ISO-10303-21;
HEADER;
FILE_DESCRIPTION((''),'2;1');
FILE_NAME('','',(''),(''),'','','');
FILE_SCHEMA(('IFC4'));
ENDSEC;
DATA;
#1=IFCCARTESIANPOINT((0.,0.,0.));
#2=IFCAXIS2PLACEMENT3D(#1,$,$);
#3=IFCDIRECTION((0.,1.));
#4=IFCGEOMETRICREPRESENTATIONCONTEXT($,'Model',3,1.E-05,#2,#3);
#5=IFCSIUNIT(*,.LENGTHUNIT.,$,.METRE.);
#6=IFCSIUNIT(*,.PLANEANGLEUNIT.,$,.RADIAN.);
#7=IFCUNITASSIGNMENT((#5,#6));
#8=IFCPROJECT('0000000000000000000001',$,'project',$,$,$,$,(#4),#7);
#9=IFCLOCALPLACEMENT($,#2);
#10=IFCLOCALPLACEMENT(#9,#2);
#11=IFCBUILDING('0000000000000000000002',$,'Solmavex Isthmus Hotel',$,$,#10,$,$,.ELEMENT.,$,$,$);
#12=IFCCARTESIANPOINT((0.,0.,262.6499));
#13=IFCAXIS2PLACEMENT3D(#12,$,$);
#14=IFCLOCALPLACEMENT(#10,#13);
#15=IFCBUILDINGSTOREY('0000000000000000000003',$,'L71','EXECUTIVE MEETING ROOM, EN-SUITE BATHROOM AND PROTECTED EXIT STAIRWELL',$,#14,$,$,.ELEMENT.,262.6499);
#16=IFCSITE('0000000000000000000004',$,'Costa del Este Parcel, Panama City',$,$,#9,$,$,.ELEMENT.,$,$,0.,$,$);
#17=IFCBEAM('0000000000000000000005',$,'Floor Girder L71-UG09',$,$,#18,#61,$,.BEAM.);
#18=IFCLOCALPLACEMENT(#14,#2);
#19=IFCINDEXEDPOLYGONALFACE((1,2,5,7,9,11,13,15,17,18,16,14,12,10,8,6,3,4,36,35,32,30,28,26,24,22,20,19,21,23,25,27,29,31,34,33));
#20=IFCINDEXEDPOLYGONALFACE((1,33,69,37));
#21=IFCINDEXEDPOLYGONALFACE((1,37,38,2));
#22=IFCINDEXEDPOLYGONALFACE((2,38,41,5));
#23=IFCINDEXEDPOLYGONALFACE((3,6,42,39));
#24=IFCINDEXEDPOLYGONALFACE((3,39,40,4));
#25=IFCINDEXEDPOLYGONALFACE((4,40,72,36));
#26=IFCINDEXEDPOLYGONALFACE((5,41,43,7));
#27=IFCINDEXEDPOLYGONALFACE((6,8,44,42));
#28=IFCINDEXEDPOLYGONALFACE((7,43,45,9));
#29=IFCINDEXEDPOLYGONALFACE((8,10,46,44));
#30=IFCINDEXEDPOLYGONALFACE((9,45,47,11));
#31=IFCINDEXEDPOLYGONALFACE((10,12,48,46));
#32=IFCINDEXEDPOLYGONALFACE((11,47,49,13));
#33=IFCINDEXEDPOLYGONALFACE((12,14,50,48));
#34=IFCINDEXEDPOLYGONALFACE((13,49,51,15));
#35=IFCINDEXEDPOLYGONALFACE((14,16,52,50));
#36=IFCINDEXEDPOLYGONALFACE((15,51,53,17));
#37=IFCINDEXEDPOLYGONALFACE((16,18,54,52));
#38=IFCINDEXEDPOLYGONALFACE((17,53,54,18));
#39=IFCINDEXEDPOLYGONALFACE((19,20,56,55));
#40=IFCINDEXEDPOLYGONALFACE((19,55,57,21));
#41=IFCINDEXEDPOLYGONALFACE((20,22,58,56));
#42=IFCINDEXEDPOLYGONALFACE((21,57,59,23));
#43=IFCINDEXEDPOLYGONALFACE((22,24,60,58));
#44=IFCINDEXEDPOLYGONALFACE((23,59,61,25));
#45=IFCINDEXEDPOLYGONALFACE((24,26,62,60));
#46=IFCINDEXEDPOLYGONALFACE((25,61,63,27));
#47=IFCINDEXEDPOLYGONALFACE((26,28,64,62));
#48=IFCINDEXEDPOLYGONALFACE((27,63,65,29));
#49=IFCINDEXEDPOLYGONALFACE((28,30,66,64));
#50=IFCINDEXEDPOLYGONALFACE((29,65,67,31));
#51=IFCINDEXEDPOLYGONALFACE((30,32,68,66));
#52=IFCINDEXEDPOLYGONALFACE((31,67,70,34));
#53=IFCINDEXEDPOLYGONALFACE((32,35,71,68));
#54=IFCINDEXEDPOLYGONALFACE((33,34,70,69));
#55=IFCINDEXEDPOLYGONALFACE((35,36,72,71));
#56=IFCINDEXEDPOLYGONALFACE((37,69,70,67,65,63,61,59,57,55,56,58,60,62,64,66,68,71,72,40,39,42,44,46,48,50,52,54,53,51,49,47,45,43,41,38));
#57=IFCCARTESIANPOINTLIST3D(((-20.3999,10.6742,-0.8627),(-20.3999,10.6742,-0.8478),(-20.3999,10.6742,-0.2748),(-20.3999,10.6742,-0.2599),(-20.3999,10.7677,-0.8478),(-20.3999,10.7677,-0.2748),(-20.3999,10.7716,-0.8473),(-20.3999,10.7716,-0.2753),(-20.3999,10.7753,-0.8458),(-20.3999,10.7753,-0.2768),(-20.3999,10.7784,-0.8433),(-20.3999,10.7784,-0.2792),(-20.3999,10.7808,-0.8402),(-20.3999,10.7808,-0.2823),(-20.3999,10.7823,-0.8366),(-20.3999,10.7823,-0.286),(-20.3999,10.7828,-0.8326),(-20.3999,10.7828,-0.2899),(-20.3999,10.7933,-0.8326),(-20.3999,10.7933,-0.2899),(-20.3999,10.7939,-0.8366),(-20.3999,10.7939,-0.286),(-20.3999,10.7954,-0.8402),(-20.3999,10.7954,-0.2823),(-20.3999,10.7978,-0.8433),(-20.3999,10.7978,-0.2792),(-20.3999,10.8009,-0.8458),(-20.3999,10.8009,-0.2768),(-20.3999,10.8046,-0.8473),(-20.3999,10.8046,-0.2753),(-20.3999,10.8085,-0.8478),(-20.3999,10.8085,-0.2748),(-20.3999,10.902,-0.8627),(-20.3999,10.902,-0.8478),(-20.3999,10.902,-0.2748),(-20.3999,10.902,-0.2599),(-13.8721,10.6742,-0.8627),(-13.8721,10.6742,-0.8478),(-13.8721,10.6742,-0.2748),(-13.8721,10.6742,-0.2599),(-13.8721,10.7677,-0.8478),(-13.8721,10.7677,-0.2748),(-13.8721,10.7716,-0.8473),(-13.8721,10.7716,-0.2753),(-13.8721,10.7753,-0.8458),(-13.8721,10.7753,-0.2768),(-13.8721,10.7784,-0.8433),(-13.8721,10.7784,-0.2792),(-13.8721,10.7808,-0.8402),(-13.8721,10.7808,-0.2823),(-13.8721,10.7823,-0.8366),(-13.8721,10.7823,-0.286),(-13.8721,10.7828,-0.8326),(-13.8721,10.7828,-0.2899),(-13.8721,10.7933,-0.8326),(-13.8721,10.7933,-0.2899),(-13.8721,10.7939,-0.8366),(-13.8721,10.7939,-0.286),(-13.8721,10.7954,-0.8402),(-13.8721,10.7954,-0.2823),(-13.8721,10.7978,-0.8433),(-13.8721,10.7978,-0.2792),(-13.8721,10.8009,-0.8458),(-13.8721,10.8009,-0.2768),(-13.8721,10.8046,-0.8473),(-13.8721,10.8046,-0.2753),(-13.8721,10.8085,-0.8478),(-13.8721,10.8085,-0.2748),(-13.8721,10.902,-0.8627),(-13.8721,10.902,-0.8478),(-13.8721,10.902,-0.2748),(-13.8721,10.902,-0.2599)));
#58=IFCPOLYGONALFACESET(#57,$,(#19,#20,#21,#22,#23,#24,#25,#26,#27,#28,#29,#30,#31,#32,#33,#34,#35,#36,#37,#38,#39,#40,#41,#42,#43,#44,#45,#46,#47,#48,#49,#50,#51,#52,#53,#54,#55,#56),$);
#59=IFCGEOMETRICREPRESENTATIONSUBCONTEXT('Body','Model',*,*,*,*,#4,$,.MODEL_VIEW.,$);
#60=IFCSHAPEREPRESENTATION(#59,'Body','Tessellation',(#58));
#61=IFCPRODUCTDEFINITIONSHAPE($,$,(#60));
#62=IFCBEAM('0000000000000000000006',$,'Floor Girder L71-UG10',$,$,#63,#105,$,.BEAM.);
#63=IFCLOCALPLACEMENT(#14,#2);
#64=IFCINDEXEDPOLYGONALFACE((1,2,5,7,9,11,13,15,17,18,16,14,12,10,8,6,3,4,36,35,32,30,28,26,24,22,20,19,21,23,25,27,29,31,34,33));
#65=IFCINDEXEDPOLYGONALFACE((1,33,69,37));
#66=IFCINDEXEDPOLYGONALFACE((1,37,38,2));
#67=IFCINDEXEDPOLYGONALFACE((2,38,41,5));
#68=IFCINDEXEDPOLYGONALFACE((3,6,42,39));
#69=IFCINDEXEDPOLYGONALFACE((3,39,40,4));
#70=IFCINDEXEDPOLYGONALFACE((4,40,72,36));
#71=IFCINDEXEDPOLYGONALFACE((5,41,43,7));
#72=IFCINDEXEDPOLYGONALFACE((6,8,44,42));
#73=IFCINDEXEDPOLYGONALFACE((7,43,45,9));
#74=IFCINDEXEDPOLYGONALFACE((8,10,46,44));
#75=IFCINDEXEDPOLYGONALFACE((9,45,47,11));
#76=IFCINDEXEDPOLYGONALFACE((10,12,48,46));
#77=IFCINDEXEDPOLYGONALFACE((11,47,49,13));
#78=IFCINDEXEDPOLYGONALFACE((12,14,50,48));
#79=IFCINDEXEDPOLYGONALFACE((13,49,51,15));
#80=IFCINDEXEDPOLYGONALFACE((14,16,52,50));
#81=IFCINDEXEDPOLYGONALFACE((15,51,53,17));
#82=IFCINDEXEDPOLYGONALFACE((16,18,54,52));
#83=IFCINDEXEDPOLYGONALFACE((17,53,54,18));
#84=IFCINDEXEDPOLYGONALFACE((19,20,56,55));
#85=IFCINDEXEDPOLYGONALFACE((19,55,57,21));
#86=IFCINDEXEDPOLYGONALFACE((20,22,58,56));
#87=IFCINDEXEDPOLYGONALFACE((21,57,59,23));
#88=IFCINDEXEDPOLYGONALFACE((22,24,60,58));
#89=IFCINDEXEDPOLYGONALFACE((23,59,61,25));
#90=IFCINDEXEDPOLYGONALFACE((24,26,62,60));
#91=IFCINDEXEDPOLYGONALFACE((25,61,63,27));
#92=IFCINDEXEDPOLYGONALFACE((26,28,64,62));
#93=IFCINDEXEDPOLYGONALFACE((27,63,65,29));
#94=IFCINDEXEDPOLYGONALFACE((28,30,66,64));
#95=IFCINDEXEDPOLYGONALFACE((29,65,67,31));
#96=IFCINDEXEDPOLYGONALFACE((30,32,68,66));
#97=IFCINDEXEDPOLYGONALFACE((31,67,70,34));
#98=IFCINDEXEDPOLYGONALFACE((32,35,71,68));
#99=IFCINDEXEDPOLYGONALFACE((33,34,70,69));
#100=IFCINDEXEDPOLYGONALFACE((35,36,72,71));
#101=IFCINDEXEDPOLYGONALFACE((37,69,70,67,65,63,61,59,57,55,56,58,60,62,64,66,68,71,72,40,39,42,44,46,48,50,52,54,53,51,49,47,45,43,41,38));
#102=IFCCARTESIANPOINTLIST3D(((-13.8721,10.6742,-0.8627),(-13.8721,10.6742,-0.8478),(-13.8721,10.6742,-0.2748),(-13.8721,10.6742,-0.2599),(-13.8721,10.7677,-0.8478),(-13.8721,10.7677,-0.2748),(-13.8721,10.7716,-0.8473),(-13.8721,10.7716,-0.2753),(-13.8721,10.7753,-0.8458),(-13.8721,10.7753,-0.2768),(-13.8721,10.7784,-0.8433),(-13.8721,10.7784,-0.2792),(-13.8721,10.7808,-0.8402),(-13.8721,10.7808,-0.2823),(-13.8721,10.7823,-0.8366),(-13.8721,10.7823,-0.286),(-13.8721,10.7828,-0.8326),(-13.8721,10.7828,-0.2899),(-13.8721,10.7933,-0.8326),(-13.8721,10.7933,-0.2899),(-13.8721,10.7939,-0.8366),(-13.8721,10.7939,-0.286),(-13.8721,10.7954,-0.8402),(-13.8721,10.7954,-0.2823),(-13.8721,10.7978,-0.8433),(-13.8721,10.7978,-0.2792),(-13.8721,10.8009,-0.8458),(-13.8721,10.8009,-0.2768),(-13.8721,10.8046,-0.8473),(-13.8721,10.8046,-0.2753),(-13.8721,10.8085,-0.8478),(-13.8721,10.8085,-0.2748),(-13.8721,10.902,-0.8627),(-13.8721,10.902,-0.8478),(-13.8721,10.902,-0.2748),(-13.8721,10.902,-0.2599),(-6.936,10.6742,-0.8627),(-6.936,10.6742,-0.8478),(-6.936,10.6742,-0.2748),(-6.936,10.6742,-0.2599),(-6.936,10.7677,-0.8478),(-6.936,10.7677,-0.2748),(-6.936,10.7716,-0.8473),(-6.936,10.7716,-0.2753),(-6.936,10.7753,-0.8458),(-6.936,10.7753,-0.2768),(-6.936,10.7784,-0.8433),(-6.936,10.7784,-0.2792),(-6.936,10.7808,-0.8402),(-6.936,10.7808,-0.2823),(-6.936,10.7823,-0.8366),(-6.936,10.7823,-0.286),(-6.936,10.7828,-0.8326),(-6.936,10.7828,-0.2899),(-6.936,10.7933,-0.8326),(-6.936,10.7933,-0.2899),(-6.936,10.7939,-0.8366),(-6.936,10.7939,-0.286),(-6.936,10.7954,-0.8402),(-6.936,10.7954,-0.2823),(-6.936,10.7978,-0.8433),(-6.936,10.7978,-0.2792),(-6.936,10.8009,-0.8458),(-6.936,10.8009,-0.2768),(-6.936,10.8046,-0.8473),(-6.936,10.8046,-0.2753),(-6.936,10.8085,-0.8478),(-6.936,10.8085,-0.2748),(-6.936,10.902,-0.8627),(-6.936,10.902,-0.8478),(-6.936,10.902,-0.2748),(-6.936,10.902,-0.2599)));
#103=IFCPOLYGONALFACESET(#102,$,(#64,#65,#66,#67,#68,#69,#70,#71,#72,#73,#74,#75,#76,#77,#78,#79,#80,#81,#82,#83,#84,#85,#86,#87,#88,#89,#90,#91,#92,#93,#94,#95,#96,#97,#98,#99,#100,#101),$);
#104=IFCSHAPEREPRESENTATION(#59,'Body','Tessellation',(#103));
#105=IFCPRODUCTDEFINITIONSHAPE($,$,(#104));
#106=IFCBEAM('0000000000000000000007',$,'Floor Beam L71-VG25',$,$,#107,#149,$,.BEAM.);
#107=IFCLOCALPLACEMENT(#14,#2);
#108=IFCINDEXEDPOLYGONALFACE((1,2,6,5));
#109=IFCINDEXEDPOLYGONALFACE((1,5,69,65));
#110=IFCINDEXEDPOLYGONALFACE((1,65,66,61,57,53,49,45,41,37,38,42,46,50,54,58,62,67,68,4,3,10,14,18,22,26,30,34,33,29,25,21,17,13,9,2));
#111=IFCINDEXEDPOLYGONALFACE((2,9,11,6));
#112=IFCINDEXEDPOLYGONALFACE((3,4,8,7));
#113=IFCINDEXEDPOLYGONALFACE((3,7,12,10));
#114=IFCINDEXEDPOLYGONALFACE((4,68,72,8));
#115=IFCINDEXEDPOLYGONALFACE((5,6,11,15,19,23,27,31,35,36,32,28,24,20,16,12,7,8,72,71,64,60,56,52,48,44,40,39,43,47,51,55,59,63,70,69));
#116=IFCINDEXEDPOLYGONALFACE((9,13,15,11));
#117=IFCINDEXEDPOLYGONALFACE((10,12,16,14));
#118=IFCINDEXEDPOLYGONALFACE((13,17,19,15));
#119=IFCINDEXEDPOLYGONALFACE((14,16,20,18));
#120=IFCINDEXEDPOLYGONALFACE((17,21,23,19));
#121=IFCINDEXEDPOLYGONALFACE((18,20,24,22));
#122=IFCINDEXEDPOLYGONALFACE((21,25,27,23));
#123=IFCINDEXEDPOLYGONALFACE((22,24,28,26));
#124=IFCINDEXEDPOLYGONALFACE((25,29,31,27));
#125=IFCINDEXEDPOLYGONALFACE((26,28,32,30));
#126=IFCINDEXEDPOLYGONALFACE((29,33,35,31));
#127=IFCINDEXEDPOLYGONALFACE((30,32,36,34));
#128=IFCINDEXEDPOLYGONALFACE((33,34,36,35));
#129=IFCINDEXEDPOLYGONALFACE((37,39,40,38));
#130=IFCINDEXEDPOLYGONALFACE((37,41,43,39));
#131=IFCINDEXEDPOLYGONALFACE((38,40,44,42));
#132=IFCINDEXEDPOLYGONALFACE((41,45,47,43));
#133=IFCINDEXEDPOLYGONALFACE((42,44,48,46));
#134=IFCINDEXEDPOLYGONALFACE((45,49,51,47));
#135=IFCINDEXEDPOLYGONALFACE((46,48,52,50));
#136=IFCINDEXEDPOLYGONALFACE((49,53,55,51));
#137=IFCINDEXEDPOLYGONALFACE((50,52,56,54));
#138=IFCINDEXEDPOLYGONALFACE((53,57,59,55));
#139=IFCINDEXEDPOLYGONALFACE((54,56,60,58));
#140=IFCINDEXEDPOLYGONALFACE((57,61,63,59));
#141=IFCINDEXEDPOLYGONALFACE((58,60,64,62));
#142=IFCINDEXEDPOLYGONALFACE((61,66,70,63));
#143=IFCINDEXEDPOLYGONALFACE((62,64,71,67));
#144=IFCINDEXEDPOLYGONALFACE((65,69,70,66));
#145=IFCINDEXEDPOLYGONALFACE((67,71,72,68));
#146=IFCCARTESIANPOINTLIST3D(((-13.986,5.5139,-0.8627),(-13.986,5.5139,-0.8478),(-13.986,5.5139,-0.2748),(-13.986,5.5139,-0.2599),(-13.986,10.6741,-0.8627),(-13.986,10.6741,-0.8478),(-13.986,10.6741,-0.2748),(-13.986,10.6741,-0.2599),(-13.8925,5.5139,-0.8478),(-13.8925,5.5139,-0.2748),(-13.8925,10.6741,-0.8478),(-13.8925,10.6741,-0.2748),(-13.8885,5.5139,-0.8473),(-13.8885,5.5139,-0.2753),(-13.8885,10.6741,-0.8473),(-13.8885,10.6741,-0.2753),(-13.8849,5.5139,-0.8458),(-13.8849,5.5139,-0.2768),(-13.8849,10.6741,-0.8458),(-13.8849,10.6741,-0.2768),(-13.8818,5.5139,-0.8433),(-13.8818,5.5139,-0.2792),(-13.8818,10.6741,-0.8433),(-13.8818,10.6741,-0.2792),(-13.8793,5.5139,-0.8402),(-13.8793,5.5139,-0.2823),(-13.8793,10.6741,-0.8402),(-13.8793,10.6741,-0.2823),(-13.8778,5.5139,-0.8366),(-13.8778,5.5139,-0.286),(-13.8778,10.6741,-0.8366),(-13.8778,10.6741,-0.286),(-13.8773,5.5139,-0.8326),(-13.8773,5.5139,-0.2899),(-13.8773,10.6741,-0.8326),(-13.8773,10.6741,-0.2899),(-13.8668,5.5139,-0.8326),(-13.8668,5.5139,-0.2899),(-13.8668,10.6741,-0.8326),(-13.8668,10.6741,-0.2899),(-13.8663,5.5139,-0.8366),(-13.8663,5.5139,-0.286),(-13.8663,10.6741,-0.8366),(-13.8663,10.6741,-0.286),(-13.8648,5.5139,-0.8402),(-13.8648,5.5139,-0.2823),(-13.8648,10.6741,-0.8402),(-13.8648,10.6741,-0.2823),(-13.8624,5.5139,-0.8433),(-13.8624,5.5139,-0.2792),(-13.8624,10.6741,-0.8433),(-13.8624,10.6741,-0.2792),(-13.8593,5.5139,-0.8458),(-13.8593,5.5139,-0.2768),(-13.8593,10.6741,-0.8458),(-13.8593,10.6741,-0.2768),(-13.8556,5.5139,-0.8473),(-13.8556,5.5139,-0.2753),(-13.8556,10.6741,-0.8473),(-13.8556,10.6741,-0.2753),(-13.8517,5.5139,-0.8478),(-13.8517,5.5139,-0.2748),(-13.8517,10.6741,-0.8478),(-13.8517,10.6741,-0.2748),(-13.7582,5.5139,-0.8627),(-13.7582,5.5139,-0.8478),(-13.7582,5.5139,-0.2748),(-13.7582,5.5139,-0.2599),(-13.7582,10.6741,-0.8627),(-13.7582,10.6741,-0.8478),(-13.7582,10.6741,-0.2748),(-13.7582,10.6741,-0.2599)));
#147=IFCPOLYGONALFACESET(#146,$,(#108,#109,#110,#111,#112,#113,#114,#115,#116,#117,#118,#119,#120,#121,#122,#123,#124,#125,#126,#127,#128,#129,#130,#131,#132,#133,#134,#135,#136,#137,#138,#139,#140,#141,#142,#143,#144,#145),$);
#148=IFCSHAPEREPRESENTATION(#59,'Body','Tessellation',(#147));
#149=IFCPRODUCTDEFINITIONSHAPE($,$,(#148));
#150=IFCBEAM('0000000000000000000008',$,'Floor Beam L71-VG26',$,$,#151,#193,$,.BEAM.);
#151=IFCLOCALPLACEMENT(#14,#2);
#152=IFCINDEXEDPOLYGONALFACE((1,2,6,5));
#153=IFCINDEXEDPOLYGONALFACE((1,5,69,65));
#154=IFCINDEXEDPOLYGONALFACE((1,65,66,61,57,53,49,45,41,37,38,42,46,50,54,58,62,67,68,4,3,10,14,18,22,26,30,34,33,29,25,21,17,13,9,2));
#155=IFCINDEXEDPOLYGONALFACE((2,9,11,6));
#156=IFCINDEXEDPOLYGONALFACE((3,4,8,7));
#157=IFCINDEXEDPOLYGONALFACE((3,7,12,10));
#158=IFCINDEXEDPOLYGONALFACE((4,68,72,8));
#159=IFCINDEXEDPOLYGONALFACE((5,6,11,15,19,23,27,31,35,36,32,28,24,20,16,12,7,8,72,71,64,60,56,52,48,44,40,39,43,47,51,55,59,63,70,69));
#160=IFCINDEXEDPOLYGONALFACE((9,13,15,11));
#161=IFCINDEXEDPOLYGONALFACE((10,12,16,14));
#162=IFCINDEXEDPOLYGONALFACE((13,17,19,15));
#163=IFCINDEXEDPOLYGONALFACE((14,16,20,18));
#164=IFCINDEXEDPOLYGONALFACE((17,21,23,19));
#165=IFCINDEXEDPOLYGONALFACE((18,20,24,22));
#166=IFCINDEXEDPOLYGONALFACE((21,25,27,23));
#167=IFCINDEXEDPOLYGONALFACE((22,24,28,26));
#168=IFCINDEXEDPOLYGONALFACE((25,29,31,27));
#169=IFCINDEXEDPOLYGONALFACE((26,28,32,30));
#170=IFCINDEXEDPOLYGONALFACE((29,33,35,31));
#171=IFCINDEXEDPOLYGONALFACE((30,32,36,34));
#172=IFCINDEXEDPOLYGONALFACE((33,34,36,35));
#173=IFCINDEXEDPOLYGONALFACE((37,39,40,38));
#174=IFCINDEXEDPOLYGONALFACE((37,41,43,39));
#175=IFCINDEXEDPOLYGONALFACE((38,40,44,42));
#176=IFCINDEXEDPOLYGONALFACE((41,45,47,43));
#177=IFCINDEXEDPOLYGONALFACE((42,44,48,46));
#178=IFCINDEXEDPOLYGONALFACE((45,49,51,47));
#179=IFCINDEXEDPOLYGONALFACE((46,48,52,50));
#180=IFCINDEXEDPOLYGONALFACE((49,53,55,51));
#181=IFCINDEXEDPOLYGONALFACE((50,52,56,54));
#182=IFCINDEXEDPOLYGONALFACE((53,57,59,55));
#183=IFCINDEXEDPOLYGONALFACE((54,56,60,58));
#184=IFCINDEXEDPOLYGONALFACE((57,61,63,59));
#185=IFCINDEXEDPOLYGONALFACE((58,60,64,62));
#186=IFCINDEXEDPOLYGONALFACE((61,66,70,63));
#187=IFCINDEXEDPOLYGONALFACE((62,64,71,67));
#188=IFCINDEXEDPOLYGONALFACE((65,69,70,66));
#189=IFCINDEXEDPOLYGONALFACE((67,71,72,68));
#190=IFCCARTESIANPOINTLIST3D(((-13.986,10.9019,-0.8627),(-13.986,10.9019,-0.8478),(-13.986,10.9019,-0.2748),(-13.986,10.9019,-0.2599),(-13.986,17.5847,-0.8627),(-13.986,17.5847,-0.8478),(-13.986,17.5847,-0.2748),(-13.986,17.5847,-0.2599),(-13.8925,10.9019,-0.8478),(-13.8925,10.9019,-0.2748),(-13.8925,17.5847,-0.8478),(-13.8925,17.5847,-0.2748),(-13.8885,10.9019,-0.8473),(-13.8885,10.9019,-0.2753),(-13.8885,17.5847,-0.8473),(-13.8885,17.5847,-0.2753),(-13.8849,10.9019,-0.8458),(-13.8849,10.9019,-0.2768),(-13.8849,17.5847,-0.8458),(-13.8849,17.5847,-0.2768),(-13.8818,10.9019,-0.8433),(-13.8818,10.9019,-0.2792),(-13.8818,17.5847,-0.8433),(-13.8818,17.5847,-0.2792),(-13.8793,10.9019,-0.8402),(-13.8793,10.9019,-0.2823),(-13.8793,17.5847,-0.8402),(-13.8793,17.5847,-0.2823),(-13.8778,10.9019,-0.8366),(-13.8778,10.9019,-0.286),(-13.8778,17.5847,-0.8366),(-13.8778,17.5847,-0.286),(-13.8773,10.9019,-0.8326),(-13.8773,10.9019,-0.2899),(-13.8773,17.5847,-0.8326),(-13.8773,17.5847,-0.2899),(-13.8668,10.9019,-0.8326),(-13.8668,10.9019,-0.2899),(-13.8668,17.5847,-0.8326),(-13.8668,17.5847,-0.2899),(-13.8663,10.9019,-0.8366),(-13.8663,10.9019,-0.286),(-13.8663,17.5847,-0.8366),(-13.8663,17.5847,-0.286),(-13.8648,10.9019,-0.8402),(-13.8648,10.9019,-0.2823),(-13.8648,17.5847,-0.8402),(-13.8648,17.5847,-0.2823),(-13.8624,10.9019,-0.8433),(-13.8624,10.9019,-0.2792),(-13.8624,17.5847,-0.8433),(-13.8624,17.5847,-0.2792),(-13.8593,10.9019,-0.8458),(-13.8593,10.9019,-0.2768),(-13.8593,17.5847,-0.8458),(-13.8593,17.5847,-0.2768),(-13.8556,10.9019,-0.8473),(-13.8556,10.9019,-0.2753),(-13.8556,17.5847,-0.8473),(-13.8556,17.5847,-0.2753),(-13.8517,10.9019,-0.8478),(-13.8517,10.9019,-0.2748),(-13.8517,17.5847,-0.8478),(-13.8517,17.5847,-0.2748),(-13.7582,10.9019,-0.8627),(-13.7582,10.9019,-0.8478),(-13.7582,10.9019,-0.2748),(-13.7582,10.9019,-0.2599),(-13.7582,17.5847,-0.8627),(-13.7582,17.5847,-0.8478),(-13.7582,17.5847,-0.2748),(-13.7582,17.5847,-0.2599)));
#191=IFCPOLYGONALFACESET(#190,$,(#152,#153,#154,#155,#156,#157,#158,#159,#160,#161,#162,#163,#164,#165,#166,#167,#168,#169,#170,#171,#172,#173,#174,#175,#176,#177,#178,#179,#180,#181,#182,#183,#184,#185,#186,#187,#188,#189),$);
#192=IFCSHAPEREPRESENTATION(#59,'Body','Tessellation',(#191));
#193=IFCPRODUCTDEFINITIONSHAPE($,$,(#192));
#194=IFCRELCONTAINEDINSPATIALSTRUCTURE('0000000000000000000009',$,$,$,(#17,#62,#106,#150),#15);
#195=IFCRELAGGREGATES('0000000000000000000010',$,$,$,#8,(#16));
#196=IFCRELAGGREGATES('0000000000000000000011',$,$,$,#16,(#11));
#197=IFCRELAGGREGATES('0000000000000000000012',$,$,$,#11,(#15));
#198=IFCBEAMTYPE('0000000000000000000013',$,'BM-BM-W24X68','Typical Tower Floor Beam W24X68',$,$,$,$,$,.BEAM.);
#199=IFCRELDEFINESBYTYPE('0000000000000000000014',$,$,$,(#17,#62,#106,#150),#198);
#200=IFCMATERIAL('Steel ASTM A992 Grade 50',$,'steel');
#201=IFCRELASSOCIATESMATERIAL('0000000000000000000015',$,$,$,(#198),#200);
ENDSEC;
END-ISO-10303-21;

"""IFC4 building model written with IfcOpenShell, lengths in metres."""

from ifc_helpers import new_model, si_unit, direction, frame, origin, origin_2d, place, context, subcontext, project, spatial, i_section, extrude, material, material_profile, profile_set, type_object, element, save


model = new_model("IFC4")

# Units and contexts
model_context = context("Model", 3, precision=1e-05, world=origin(), true_north=direction((0.0, 1.0)))
body_context = subcontext(model_context, "Body", "Model", "MODEL_VIEW")
ifc_project = project(units=[si_unit("LENGTHUNIT", "METRE"), si_unit("PLANEANGLEUNIT", "RADIAN")], contexts=[model_context])

# Site, building, storey
site_placement = place(None, origin())
site = spatial("IfcSite", under=ifc_project, at=site_placement, Name="Costa del Este Parcel, Panama City", CompositionType="ELEMENT", RefElevation=0.0)
building_placement = place(site_placement, origin())
building = spatial("IfcBuilding", under=site, at=building_placement, Name="Solmavex Isthmus Hotel", CompositionType="ELEMENT")
storey_placement = place(building_placement, frame((0.0, 0.0, 262.6499)))
storey = spatial("IfcBuildingStorey", under=building, at=storey_placement, Name="L71", Description="EXECUTIVE MEETING ROOM, EN-SUITE BATHROOM AND PROTECTED EXIT STAIRWELL", CompositionType="ELEMENT", Elevation=262.6499)

# Beams
ifc_material_1 = material(Name="Steel ASTM A992 Grade 50", Category="steel")
ifc_material_profile_1 = material_profile(ifc_material_1, i_section(OverallWidth=0.2278, OverallDepth=0.6028, WebThickness=0.0105, FlangeThickness=0.0149, FilletRadius=0.0151, at=origin_2d()), Name="W24X68")
ifc_profile_set_1 = profile_set([ifc_material_profile_1], Name="Steel ASTM A992 Grade 50")
beam_type_1 = type_object("IfcBeamType", Name="BM-BM-W24X68", Description="Typical Tower Floor Beam W24X68", PredefinedType="BEAM", material=ifc_profile_set_1)
beam_1_placement = place(storey_placement, frame((-20.3999, 10.7881, -0.5613), z_axis=(1.0, 0.0, 0.0), x_axis=(0.0, 1.0, 0.0)))
element("IfcBeam", 1, at=beam_1_placement, inside=storey, type_object=beam_type_1, Name="Floor Girder L71-UG09", PredefinedType="BEAM", context=body_context, shape_type="SweptSolid", body=[
    extrude(i_section(OverallWidth=0.2278, OverallDepth=0.6028, WebThickness=0.0105, FlangeThickness=0.0149, FilletRadius=0.0151, at=origin_2d()), origin(), (0.0, 0.0, 1.0), 6.5278),
])
beam_2_placement = place(storey_placement, frame((-13.8721, 10.7881, -0.5613), z_axis=(1.0, 0.0, 0.0), x_axis=(0.0, 1.0, 0.0)))
element("IfcBeam", 2, at=beam_2_placement, inside=storey, type_object=beam_type_1, Name="Floor Girder L71-UG10", PredefinedType="BEAM", context=body_context, shape_type="SweptSolid", body=[
    extrude(i_section(OverallWidth=0.2278, OverallDepth=0.6028, WebThickness=0.0105, FlangeThickness=0.0149, FilletRadius=0.0151, at=origin_2d()), origin(), (0.0, 0.0, 1.0), 6.936),
])
beam_3_placement = place(storey_placement, frame((-13.8721, 5.5139, -0.5613), z_axis=(0.0, 1.0, 0.0), x_axis=(-1.0, 0.0, 0.0)))
element("IfcBeam", 3, at=beam_3_placement, inside=storey, type_object=beam_type_1, Name="Floor Beam L71-VG25", PredefinedType="BEAM", context=body_context, shape_type="SweptSolid", body=[
    extrude(i_section(OverallWidth=0.2278, OverallDepth=0.6028, WebThickness=0.0105, FlangeThickness=0.0149, FilletRadius=0.0151, at=origin_2d()), origin(), (0.0, 0.0, 1.0), 5.1602),
])
beam_4_placement = place(storey_placement, frame((-13.8721, 10.9019, -0.5613), z_axis=(0.0, 1.0, 0.0), x_axis=(-1.0, 0.0, 0.0)))
element("IfcBeam", 4, at=beam_4_placement, inside=storey, type_object=beam_type_1, Name="Floor Beam L71-VG26", PredefinedType="BEAM", context=body_context, shape_type="SweptSolid", body=[
    extrude(i_section(OverallWidth=0.2278, OverallDepth=0.6028, WebThickness=0.0105, FlangeThickness=0.0149, FilletRadius=0.0151, at=origin_2d()), origin(), (0.0, 0.0, 1.0), 6.6829),
])

save(model, "model.ifc")
